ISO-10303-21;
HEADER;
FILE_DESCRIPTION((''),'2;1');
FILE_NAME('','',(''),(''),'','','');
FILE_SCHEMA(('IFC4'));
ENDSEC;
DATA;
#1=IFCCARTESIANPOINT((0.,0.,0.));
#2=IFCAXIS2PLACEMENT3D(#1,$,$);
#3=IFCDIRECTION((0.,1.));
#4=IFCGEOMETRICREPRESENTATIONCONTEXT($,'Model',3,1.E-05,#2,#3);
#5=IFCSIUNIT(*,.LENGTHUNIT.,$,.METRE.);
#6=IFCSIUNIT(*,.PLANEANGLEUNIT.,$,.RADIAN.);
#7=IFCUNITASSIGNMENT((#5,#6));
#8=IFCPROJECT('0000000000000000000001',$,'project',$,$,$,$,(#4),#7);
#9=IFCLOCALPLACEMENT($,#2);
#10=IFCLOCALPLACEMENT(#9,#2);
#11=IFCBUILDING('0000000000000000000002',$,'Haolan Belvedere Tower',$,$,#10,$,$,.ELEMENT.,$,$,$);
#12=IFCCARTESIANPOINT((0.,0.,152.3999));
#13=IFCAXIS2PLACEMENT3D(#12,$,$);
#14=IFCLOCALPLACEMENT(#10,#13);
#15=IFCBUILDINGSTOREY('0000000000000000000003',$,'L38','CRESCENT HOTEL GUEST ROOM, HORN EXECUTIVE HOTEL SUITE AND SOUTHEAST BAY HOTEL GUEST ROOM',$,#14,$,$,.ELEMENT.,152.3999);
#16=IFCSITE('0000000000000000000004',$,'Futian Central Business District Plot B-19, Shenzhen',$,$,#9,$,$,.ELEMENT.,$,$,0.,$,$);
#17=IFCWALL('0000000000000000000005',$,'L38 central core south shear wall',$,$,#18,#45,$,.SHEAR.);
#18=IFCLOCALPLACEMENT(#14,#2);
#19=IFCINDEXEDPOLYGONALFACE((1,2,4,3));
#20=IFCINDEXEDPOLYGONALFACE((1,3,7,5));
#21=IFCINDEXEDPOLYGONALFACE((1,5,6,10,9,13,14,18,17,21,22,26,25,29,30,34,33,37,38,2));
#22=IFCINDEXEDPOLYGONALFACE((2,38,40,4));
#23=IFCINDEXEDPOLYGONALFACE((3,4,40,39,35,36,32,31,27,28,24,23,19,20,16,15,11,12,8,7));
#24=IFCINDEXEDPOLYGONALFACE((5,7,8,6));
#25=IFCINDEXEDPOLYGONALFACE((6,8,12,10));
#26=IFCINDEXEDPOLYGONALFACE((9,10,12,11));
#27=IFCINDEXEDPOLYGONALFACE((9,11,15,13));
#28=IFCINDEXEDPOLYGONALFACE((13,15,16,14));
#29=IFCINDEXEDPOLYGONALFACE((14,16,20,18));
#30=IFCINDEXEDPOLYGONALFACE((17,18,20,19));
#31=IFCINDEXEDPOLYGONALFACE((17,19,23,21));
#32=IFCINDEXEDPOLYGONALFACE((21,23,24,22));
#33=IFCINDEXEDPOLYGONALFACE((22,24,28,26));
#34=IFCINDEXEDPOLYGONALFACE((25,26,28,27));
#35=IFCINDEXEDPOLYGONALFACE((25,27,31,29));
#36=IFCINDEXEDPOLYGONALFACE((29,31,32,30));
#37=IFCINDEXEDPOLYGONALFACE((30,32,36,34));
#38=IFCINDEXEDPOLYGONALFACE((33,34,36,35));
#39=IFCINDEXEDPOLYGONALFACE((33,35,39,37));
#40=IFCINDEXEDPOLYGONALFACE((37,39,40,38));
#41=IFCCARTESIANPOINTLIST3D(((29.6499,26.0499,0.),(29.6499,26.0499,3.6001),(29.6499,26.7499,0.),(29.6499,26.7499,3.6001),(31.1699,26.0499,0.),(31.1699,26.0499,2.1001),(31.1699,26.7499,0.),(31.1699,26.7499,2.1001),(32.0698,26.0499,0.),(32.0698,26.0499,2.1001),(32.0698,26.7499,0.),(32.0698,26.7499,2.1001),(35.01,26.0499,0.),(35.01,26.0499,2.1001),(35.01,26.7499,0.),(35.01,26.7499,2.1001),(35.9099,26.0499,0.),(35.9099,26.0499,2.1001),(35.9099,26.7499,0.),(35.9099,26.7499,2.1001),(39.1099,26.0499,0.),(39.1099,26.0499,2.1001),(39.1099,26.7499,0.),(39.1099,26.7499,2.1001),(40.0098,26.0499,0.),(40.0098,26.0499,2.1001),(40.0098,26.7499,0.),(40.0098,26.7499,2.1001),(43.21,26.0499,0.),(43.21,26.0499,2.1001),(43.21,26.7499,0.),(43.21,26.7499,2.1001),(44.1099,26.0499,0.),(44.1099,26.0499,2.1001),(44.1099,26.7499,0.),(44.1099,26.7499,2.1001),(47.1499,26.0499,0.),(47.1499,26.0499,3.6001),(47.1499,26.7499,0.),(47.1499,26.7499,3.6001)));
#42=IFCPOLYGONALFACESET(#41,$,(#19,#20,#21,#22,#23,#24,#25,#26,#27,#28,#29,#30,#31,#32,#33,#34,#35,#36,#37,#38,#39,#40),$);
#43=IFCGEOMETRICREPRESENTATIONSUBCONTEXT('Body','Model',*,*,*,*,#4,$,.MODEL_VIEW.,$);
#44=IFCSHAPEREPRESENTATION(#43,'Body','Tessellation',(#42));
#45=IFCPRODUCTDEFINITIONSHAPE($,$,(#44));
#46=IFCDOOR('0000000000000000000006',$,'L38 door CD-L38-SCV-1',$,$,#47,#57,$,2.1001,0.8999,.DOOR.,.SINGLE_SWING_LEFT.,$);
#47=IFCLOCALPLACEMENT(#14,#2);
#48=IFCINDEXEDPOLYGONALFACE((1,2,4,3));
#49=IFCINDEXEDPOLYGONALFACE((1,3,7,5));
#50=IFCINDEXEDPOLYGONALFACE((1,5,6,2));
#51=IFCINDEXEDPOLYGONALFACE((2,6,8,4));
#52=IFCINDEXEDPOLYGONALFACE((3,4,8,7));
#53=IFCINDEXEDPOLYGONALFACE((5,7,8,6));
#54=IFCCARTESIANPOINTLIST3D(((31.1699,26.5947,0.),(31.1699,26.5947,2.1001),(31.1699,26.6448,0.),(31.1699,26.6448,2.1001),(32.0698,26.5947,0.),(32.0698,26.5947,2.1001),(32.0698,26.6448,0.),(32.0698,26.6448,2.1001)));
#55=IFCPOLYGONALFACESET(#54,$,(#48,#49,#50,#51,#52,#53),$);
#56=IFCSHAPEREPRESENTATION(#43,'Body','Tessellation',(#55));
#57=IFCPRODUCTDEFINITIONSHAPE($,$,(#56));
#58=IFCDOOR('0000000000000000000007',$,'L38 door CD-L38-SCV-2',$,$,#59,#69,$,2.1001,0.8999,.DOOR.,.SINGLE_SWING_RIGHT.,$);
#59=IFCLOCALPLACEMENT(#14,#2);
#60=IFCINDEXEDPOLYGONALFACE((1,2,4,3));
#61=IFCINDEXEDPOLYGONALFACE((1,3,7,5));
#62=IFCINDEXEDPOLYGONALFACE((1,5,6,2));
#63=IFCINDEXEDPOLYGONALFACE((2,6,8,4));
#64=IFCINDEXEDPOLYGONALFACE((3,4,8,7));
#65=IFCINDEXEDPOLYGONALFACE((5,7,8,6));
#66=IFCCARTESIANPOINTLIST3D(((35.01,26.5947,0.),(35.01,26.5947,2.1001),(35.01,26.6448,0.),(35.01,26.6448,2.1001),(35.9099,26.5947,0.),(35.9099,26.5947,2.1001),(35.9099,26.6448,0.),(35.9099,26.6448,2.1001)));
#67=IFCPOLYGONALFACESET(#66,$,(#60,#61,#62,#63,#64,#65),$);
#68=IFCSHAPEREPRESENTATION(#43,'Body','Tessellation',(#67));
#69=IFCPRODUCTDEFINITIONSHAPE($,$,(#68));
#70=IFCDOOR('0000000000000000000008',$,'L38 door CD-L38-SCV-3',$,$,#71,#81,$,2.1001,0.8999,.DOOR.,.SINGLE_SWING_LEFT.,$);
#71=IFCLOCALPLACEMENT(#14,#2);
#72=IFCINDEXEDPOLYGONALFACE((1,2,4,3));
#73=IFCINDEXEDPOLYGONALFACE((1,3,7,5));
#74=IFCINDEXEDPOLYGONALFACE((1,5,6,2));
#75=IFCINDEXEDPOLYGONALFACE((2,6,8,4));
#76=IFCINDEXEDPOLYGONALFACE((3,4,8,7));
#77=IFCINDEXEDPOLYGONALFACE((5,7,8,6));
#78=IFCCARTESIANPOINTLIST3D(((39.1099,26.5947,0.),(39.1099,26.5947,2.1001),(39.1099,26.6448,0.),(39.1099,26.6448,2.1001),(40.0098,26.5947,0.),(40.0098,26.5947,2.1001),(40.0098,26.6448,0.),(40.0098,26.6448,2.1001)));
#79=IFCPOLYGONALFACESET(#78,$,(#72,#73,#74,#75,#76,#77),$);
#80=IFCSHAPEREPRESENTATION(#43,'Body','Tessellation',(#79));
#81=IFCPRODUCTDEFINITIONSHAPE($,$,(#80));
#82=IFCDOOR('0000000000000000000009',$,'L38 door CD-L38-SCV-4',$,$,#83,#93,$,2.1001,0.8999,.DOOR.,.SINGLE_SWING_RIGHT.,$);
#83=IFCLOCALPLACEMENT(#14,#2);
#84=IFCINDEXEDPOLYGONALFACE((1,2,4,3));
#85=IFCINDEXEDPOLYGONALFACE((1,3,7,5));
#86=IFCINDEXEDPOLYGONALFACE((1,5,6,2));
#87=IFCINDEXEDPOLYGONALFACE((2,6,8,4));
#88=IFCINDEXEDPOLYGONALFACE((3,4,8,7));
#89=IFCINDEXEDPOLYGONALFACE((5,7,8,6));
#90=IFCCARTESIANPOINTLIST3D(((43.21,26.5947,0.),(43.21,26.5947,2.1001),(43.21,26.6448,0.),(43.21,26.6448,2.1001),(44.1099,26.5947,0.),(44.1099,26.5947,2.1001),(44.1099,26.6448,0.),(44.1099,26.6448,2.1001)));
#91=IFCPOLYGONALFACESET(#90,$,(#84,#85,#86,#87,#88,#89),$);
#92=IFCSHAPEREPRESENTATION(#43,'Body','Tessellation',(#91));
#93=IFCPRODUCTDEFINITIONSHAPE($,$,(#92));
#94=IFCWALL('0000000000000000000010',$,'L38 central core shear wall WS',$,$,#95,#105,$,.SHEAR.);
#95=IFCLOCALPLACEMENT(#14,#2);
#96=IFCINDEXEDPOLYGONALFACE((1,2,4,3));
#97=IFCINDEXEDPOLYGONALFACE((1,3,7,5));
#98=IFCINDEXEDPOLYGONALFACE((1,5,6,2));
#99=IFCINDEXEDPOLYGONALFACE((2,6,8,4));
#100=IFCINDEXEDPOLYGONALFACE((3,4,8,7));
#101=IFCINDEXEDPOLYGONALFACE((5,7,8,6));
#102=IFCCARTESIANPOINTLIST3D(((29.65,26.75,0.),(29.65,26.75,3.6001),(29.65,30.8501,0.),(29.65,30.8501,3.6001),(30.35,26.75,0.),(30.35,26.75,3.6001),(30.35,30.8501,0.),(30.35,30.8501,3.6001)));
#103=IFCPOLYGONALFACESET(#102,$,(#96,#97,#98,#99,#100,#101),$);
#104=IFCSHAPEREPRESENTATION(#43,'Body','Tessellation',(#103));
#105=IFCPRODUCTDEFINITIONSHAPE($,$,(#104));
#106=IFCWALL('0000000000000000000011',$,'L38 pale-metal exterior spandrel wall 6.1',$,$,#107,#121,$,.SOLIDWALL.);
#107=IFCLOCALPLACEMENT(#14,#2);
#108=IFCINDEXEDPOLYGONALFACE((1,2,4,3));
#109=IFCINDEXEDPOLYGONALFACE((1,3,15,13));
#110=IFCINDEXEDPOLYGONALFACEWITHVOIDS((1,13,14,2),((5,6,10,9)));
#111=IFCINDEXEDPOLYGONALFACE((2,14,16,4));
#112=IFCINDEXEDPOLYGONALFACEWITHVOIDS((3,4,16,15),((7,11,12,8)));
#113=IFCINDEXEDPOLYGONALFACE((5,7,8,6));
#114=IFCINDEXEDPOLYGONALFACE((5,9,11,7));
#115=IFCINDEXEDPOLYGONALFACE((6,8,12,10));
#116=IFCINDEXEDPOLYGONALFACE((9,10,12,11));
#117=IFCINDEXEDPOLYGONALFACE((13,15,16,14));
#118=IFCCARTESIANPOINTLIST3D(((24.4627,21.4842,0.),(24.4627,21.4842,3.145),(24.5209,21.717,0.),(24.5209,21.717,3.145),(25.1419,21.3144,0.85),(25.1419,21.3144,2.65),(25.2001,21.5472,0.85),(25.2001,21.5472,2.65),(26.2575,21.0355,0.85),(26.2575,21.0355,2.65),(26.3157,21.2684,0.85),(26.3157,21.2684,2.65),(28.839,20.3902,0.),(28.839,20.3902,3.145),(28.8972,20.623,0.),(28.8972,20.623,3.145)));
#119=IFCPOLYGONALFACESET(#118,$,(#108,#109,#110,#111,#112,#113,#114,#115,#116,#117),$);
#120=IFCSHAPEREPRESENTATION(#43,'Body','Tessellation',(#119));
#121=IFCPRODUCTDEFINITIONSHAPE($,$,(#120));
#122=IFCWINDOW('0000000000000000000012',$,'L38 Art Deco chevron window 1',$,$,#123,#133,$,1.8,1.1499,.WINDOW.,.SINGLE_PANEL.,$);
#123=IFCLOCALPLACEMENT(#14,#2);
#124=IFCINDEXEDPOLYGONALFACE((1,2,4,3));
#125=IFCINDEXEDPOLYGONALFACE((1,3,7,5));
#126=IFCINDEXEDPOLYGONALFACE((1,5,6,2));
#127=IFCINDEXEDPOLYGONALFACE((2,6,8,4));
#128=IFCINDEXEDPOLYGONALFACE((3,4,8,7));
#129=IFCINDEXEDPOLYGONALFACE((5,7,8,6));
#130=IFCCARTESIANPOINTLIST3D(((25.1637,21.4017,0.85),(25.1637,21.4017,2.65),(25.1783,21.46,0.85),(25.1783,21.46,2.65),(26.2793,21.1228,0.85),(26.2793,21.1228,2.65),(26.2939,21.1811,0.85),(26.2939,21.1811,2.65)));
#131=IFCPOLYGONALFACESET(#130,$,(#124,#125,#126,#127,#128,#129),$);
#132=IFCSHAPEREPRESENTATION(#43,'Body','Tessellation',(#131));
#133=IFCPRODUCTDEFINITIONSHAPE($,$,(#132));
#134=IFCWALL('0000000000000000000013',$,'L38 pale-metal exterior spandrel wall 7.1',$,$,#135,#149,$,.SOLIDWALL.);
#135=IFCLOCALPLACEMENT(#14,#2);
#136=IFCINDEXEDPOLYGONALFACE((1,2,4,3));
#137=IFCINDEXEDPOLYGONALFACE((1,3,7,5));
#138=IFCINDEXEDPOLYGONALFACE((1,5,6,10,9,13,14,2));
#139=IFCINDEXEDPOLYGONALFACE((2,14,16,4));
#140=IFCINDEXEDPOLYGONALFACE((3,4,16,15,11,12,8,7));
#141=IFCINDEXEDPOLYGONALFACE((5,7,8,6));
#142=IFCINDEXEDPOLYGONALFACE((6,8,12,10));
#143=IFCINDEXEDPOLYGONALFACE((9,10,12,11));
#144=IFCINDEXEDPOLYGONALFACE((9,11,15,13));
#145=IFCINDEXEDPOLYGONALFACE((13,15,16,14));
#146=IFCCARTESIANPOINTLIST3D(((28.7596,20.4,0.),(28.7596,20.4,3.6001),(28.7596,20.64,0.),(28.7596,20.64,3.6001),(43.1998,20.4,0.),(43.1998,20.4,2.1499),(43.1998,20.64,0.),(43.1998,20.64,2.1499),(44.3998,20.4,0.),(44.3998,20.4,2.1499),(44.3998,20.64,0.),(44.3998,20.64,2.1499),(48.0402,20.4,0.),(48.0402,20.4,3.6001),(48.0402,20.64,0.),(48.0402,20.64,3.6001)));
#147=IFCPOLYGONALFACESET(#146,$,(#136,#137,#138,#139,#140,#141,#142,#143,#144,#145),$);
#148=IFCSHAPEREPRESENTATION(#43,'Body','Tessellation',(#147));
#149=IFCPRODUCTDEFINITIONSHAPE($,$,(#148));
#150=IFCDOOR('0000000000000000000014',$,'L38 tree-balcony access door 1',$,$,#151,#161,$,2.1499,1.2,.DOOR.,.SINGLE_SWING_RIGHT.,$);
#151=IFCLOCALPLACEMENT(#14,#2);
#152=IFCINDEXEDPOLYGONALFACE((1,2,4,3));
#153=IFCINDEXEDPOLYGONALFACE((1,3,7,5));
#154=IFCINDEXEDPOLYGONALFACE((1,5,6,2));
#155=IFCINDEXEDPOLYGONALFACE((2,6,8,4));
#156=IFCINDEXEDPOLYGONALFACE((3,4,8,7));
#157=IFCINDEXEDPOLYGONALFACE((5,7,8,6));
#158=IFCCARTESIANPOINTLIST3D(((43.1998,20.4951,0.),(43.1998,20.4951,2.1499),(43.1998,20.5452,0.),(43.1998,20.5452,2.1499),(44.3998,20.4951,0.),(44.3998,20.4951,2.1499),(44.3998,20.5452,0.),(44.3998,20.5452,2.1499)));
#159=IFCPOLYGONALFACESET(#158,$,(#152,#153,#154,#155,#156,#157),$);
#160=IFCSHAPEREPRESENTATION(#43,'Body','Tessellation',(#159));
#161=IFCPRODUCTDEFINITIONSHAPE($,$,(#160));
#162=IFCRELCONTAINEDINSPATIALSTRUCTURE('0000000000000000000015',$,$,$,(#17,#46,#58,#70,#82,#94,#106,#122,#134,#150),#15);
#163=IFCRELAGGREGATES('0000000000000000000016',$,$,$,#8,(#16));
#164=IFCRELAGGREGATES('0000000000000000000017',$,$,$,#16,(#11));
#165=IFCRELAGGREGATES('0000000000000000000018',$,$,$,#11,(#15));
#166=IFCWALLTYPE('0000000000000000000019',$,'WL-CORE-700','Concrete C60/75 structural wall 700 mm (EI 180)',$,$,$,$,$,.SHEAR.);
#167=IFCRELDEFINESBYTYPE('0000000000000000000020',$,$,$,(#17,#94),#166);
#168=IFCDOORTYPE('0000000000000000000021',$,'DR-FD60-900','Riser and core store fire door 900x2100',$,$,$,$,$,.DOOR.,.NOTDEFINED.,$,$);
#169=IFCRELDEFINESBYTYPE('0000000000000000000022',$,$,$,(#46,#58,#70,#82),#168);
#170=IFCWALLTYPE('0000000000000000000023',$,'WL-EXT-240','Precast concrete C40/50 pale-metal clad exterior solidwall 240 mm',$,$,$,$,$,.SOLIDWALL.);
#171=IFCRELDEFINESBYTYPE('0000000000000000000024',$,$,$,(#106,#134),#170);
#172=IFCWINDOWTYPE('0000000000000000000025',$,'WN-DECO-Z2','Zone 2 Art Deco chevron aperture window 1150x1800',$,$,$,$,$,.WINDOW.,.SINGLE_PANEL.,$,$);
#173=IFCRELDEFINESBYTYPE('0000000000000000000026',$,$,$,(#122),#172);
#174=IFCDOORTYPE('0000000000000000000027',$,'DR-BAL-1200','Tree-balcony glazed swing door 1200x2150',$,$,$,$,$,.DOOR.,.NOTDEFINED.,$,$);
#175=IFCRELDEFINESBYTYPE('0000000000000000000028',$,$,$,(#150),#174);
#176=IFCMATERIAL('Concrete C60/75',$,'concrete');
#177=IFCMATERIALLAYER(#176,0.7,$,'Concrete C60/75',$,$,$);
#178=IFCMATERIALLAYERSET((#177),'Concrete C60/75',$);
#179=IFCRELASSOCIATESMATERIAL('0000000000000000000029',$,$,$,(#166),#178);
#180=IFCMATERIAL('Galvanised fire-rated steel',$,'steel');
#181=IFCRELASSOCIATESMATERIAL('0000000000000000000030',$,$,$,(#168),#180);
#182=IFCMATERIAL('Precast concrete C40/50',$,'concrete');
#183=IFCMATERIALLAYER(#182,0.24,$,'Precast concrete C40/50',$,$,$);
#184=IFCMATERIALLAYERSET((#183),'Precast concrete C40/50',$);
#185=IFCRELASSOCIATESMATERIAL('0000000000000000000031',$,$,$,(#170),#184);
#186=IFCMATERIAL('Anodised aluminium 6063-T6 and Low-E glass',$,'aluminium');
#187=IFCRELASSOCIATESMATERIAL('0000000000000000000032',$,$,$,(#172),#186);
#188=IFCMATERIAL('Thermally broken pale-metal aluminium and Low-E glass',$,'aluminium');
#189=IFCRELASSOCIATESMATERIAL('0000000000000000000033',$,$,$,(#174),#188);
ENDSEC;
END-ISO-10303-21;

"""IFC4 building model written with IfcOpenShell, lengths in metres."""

from ifc_helpers import new_model, si_unit, direction, frame, frame_2d, origin, place, context, subcontext, project, spatial, rectangle, extrude, material, layer, layer_set, type_object, element, fill, save


model = new_model("IFC4")

# Units and contexts
model_context = context("Model", 3, precision=1e-05, world=origin(), true_north=direction((0.0, 1.0)))
body_context = subcontext(model_context, "Body", "Model", "MODEL_VIEW")
ifc_project = project(units=[si_unit("LENGTHUNIT", "METRE"), si_unit("PLANEANGLEUNIT", "RADIAN")], contexts=[model_context])

# Site, building, storey
site_placement = place(None, origin())
site = spatial("IfcSite", under=ifc_project, at=site_placement, Name="Futian Central Business District Plot B-19, Shenzhen", CompositionType="ELEMENT", RefElevation=0.0)
building_placement = place(site_placement, origin())
building = spatial("IfcBuilding", under=site, at=building_placement, Name="Haolan Belvedere Tower", CompositionType="ELEMENT")
storey_placement = place(building_placement, frame((0.0, 0.0, 152.3999)))
storey = spatial("IfcBuildingStorey", under=building, at=storey_placement, Name="L38", Description="CRESCENT HOTEL GUEST ROOM, HORN EXECUTIVE HOTEL SUITE AND SOUTHEAST BAY HOTEL GUEST ROOM", CompositionType="ELEMENT", Elevation=152.3999)

# Wall, openings, doors
ifc_material_1 = material(Name="Concrete C60/75", Category="concrete")
ifc_layer_1 = layer(ifc_material_1, 0.7, Name="Concrete C60/75")
ifc_layer_set_1 = layer_set([ifc_layer_1], Name="Concrete C60/75")
wall_type_1 = type_object("IfcWallType", Name="WL-CORE-700", Description="Concrete C60/75 structural wall 700 mm (EI 180)", PredefinedType="SHEAR", material=ifc_layer_set_1)
wall_1_placement = place(storey_placement, frame((29.6499, 26.3999, 0.0), z_axis=(0.0, 0.0, 1.0), x_axis=(1.0, 0.0, 0.0)))
wall_1 = element("IfcWall", 1, at=wall_1_placement, inside=storey, type_object=wall_type_1, Name="L38 central core south shear wall", PredefinedType="SHEAR", context=body_context, shape_type="SweptSolid", body=[
    extrude(rectangle(XDim=17.5, YDim=0.7, at=frame_2d((8.75, 0.0))), origin(), (0.0, 0.0, 1.0), 3.6001),
])
opening_1_placement = place(wall_1_placement, frame((2.4199, 0.0, 0.0), z_axis=(0.0, 0.0, 1.0), x_axis=(-1.0, 0.0, 0.0)))
opening_1 = element("IfcOpeningElement", 2, at=opening_1_placement, cuts=wall_1, PredefinedType="OPENING", context=body_context, shape_type="SweptSolid", body=[
    extrude(rectangle(XDim=0.8999, YDim=2.1001, at=frame_2d((0.45, 1.05))), frame((0.0, 0.3599, 0.0), z_axis=(0.0, -1.0, 0.0), x_axis=(1.0, 0.0, 0.0)), (0.0, 0.0, 1.0), 0.72),
])
opening_2_placement = place(wall_1_placement, frame((6.26, 0.0, 0.0), z_axis=(0.0, 0.0, 1.0), x_axis=(-1.0, 0.0, 0.0)))
opening_2 = element("IfcOpeningElement", 3, at=opening_2_placement, cuts=wall_1, PredefinedType="OPENING", context=body_context, shape_type="SweptSolid", body=[
    extrude(rectangle(XDim=0.8999, YDim=2.1001, at=frame_2d((0.45, 1.05))), frame((0.0, 0.3599, 0.0), z_axis=(0.0, -1.0, 0.0), x_axis=(1.0, 0.0, 0.0)), (0.0, 0.0, 1.0), 0.72),
])
opening_3_placement = place(wall_1_placement, frame((10.3599, 0.0, 0.0), z_axis=(0.0, 0.0, 1.0), x_axis=(-1.0, 0.0, 0.0)))
opening_3 = element("IfcOpeningElement", 4, at=opening_3_placement, cuts=wall_1, PredefinedType="OPENING", context=body_context, shape_type="SweptSolid", body=[
    extrude(rectangle(XDim=0.8999, YDim=2.1001, at=frame_2d((0.45, 1.05))), frame((0.0, 0.3599, 0.0), z_axis=(0.0, -1.0, 0.0), x_axis=(1.0, 0.0, 0.0)), (0.0, 0.0, 1.0), 0.72),
])
opening_4_placement = place(wall_1_placement, frame((14.46, 0.0, 0.0), z_axis=(0.0, 0.0, 1.0), x_axis=(-1.0, 0.0, 0.0)))
opening_4 = element("IfcOpeningElement", 5, at=opening_4_placement, cuts=wall_1, PredefinedType="OPENING", context=body_context, shape_type="SweptSolid", body=[
    extrude(rectangle(XDim=0.8999, YDim=2.1001, at=frame_2d((0.45, 1.05))), frame((0.0, 0.3599, 0.0), z_axis=(0.0, -1.0, 0.0), x_axis=(1.0, 0.0, 0.0)), (0.0, 0.0, 1.0), 0.72),
])
ifc_material_2 = material(Name="Galvanised fire-rated steel", Category="steel")
door_type_1 = type_object("IfcDoorType", Name="DR-FD60-900", Description="Riser and core store fire door 900x2100", OperationType="NOTDEFINED", PredefinedType="DOOR", material=ifc_material_2)
door_1_placement = place(opening_1_placement, origin())
door_1 = element("IfcDoor", 6, at=door_1_placement, inside=storey, type_object=door_type_1, Name="L38 door CD-L38-SCV-1", OperationType="SINGLE_SWING_LEFT", OverallHeight=2.1001, OverallWidth=0.8999, PredefinedType="DOOR", context=body_context, shape_type="SweptSolid", body=[
    extrude(rectangle(XDim=0.8999, YDim=2.1001, at=frame_2d((0.45, 1.05))), frame((0.0, -0.1948, 0.0), z_axis=(0.0, -1.0, 0.0), x_axis=(1.0, 0.0, 0.0)), (0.0, 0.0, 1.0), 0.05),
])
fill(opening_1, door_1)
door_2_placement = place(opening_2_placement, origin())
door_2 = element("IfcDoor", 7, at=door_2_placement, inside=storey, type_object=door_type_1, Name="L38 door CD-L38-SCV-2", OperationType="SINGLE_SWING_RIGHT", OverallHeight=2.1001, OverallWidth=0.8999, PredefinedType="DOOR", context=body_context, shape_type="SweptSolid", body=[
    extrude(rectangle(XDim=0.8999, YDim=2.1001, at=frame_2d((0.45, 1.05))), frame((0.0, -0.1948, 0.0), z_axis=(0.0, -1.0, 0.0), x_axis=(1.0, 0.0, 0.0)), (0.0, 0.0, 1.0), 0.05),
])
fill(opening_2, door_2)
door_3_placement = place(opening_3_placement, origin())
door_3 = element("IfcDoor", 8, at=door_3_placement, inside=storey, type_object=door_type_1, Name="L38 door CD-L38-SCV-3", OperationType="SINGLE_SWING_LEFT", OverallHeight=2.1001, OverallWidth=0.8999, PredefinedType="DOOR", context=body_context, shape_type="SweptSolid", body=[
    extrude(rectangle(XDim=0.8999, YDim=2.1001, at=frame_2d((0.45, 1.05))), frame((0.0, -0.1948, 0.0), z_axis=(0.0, -1.0, 0.0), x_axis=(1.0, 0.0, 0.0)), (0.0, 0.0, 1.0), 0.05),
])
fill(opening_3, door_3)
door_4_placement = place(opening_4_placement, origin())
door_4 = element("IfcDoor", 9, at=door_4_placement, inside=storey, type_object=door_type_1, Name="L38 door CD-L38-SCV-4", OperationType="SINGLE_SWING_RIGHT", OverallHeight=2.1001, OverallWidth=0.8999, PredefinedType="DOOR", context=body_context, shape_type="SweptSolid", body=[
    extrude(rectangle(XDim=0.8999, YDim=2.1001, at=frame_2d((0.45, 1.05))), frame((0.0, -0.1948, 0.0), z_axis=(0.0, -1.0, 0.0), x_axis=(1.0, 0.0, 0.0)), (0.0, 0.0, 1.0), 0.05),
])
fill(opening_4, door_4)

# Wall
wall_2_placement = place(storey_placement, frame((30.0, 26.75, 0.0), z_axis=(0.0, 0.0, 1.0), x_axis=(0.0, 1.0, 0.0)))
element("IfcWall", 10, at=wall_2_placement, inside=storey, type_object=wall_type_1, Name="L38 central core shear wall WS", PredefinedType="SHEAR", context=body_context, shape_type="SweptSolid", body=[
    extrude(rectangle(XDim=4.1001, YDim=0.7, at=frame_2d((2.05, 0.0))), origin(), (0.0, 0.0, 1.0), 3.6001),
])

# Wall, opening, window
ifc_material_3 = material(Name="Precast concrete C40/50", Category="concrete")
ifc_layer_2 = layer(ifc_material_3, 0.24, Name="Precast concrete C40/50")
ifc_layer_set_2 = layer_set([ifc_layer_2], Name="Precast concrete C40/50")
wall_type_2 = type_object("IfcWallType", Name="WL-EXT-240", Description="Precast concrete C40/50 pale-metal clad exterior solidwall 240 mm", PredefinedType="SOLIDWALL", material=ifc_layer_set_2)
wall_3_placement = place(storey_placement, frame((24.4919, 21.6006, 0.0), z_axis=(0.0, 0.0, 1.0), x_axis=(0.970146, -0.242523, 0.0)))
wall_3 = element("IfcWall", 11, at=wall_3_placement, inside=storey, type_object=wall_type_2, Name="L38 pale-metal exterior spandrel wall 6.1", PredefinedType="SOLIDWALL", context=body_context, shape_type="SweptSolid", body=[
    extrude(rectangle(XDim=4.511, YDim=0.24, at=frame_2d((2.2554, 0.0))), origin(), (0.0, 0.0, 1.0), 3.145),
])
opening_5_placement = place(wall_3_placement, frame((0.7, 0.0, 0.8501)))
opening_5 = element("IfcOpeningElement", 12, at=opening_5_placement, cuts=wall_3, PredefinedType="OPENING", context=body_context, shape_type="SweptSolid", body=[
    extrude(rectangle(XDim=1.1499, YDim=1.8, at=frame_2d((0.575, 0.8999))), frame((0.0, 0.1299, 0.0), z_axis=(0.0, -1.0, 0.0), x_axis=(1.0, 0.0, 0.0)), (0.0, 0.0, 1.0), 0.26),
])
ifc_material_4 = material(Name="Anodised aluminium 6063-T6 and Low-E glass", Category="aluminium")
window_type = type_object("IfcWindowType", Name="WN-DECO-Z2", Description="Zone 2 Art Deco chevron aperture window 1150x1800", PartitioningType="SINGLE_PANEL", PredefinedType="WINDOW", material=ifc_material_4)
window_placement = place(opening_5_placement, origin())
window = element("IfcWindow", 13, at=window_placement, inside=storey, type_object=window_type, Name="L38 Art Deco chevron window 1", OverallHeight=1.8, OverallWidth=1.1499, PartitioningType="SINGLE_PANEL", PredefinedType="WINDOW", context=body_context, shape_type="SweptSolid", body=[
    extrude(rectangle(XDim=1.1499, YDim=1.8, at=frame_2d((0.575, 0.8999))), frame((0.0, 0.03, 0.0), z_axis=(0.0, -1.0, 0.0), x_axis=(1.0, 0.0, 0.0)), (0.0, 0.0, 1.0), 0.0601),
])
fill(opening_5, window)

# Wall, opening, door
wall_4_placement = place(storey_placement, frame((28.7598, 20.52, 0.0), z_axis=(0.0, 0.0, 1.0), x_axis=(1.0, 0.0, 0.0)))
wall_4 = element("IfcWall", 14, at=wall_4_placement, inside=storey, type_object=wall_type_2, Name="L38 pale-metal exterior spandrel wall 7.1", PredefinedType="SOLIDWALL", context=body_context, shape_type="SweptSolid", body=[
    extrude(rectangle(XDim=19.2805, YDim=0.24, at=frame_2d((9.6401, 0.0))), origin(), (0.0, 0.0, 1.0), 3.6001),
])
opening_6_placement = place(wall_4_placement, frame((15.6401, 0.0, 0.0), z_axis=(0.0, 0.0, 1.0), x_axis=(-1.0, 0.0, 0.0)))
opening_6 = element("IfcOpeningElement", 15, at=opening_6_placement, cuts=wall_4, PredefinedType="OPENING", context=body_context, shape_type="SweptSolid", body=[
    extrude(rectangle(XDim=1.2, YDim=2.1499, at=frame_2d((0.6001, 1.075))), frame((0.0, 0.1299, 0.0), z_axis=(0.0, -1.0, 0.0), x_axis=(1.0, 0.0, 0.0)), (0.0, 0.0, 1.0), 0.26),
])
ifc_material_5 = material(Name="Thermally broken pale-metal aluminium and Low-E glass", Category="aluminium")
door_type_2 = type_object("IfcDoorType", Name="DR-BAL-1200", Description="Tree-balcony glazed swing door 1200x2150", OperationType="NOTDEFINED", PredefinedType="DOOR", material=ifc_material_5)
door_5_placement = place(opening_6_placement, origin())
door_5 = element("IfcDoor", 16, at=door_5_placement, inside=storey, type_object=door_type_2, Name="L38 tree-balcony access door 1", OperationType="SINGLE_SWING_RIGHT", OverallHeight=2.1499, OverallWidth=1.2, PredefinedType="DOOR", context=body_context, shape_type="SweptSolid", body=[
    extrude(rectangle(XDim=1.2, YDim=2.1499, at=frame_2d((0.6001, 1.075))), frame((0.0, 0.0249, 0.0), z_axis=(0.0, -1.0, 0.0), x_axis=(1.0, 0.0, 0.0)), (0.0, 0.0, 1.0), 0.05),
])
fill(opening_6, door_5)

save(model, "model.ifc")
